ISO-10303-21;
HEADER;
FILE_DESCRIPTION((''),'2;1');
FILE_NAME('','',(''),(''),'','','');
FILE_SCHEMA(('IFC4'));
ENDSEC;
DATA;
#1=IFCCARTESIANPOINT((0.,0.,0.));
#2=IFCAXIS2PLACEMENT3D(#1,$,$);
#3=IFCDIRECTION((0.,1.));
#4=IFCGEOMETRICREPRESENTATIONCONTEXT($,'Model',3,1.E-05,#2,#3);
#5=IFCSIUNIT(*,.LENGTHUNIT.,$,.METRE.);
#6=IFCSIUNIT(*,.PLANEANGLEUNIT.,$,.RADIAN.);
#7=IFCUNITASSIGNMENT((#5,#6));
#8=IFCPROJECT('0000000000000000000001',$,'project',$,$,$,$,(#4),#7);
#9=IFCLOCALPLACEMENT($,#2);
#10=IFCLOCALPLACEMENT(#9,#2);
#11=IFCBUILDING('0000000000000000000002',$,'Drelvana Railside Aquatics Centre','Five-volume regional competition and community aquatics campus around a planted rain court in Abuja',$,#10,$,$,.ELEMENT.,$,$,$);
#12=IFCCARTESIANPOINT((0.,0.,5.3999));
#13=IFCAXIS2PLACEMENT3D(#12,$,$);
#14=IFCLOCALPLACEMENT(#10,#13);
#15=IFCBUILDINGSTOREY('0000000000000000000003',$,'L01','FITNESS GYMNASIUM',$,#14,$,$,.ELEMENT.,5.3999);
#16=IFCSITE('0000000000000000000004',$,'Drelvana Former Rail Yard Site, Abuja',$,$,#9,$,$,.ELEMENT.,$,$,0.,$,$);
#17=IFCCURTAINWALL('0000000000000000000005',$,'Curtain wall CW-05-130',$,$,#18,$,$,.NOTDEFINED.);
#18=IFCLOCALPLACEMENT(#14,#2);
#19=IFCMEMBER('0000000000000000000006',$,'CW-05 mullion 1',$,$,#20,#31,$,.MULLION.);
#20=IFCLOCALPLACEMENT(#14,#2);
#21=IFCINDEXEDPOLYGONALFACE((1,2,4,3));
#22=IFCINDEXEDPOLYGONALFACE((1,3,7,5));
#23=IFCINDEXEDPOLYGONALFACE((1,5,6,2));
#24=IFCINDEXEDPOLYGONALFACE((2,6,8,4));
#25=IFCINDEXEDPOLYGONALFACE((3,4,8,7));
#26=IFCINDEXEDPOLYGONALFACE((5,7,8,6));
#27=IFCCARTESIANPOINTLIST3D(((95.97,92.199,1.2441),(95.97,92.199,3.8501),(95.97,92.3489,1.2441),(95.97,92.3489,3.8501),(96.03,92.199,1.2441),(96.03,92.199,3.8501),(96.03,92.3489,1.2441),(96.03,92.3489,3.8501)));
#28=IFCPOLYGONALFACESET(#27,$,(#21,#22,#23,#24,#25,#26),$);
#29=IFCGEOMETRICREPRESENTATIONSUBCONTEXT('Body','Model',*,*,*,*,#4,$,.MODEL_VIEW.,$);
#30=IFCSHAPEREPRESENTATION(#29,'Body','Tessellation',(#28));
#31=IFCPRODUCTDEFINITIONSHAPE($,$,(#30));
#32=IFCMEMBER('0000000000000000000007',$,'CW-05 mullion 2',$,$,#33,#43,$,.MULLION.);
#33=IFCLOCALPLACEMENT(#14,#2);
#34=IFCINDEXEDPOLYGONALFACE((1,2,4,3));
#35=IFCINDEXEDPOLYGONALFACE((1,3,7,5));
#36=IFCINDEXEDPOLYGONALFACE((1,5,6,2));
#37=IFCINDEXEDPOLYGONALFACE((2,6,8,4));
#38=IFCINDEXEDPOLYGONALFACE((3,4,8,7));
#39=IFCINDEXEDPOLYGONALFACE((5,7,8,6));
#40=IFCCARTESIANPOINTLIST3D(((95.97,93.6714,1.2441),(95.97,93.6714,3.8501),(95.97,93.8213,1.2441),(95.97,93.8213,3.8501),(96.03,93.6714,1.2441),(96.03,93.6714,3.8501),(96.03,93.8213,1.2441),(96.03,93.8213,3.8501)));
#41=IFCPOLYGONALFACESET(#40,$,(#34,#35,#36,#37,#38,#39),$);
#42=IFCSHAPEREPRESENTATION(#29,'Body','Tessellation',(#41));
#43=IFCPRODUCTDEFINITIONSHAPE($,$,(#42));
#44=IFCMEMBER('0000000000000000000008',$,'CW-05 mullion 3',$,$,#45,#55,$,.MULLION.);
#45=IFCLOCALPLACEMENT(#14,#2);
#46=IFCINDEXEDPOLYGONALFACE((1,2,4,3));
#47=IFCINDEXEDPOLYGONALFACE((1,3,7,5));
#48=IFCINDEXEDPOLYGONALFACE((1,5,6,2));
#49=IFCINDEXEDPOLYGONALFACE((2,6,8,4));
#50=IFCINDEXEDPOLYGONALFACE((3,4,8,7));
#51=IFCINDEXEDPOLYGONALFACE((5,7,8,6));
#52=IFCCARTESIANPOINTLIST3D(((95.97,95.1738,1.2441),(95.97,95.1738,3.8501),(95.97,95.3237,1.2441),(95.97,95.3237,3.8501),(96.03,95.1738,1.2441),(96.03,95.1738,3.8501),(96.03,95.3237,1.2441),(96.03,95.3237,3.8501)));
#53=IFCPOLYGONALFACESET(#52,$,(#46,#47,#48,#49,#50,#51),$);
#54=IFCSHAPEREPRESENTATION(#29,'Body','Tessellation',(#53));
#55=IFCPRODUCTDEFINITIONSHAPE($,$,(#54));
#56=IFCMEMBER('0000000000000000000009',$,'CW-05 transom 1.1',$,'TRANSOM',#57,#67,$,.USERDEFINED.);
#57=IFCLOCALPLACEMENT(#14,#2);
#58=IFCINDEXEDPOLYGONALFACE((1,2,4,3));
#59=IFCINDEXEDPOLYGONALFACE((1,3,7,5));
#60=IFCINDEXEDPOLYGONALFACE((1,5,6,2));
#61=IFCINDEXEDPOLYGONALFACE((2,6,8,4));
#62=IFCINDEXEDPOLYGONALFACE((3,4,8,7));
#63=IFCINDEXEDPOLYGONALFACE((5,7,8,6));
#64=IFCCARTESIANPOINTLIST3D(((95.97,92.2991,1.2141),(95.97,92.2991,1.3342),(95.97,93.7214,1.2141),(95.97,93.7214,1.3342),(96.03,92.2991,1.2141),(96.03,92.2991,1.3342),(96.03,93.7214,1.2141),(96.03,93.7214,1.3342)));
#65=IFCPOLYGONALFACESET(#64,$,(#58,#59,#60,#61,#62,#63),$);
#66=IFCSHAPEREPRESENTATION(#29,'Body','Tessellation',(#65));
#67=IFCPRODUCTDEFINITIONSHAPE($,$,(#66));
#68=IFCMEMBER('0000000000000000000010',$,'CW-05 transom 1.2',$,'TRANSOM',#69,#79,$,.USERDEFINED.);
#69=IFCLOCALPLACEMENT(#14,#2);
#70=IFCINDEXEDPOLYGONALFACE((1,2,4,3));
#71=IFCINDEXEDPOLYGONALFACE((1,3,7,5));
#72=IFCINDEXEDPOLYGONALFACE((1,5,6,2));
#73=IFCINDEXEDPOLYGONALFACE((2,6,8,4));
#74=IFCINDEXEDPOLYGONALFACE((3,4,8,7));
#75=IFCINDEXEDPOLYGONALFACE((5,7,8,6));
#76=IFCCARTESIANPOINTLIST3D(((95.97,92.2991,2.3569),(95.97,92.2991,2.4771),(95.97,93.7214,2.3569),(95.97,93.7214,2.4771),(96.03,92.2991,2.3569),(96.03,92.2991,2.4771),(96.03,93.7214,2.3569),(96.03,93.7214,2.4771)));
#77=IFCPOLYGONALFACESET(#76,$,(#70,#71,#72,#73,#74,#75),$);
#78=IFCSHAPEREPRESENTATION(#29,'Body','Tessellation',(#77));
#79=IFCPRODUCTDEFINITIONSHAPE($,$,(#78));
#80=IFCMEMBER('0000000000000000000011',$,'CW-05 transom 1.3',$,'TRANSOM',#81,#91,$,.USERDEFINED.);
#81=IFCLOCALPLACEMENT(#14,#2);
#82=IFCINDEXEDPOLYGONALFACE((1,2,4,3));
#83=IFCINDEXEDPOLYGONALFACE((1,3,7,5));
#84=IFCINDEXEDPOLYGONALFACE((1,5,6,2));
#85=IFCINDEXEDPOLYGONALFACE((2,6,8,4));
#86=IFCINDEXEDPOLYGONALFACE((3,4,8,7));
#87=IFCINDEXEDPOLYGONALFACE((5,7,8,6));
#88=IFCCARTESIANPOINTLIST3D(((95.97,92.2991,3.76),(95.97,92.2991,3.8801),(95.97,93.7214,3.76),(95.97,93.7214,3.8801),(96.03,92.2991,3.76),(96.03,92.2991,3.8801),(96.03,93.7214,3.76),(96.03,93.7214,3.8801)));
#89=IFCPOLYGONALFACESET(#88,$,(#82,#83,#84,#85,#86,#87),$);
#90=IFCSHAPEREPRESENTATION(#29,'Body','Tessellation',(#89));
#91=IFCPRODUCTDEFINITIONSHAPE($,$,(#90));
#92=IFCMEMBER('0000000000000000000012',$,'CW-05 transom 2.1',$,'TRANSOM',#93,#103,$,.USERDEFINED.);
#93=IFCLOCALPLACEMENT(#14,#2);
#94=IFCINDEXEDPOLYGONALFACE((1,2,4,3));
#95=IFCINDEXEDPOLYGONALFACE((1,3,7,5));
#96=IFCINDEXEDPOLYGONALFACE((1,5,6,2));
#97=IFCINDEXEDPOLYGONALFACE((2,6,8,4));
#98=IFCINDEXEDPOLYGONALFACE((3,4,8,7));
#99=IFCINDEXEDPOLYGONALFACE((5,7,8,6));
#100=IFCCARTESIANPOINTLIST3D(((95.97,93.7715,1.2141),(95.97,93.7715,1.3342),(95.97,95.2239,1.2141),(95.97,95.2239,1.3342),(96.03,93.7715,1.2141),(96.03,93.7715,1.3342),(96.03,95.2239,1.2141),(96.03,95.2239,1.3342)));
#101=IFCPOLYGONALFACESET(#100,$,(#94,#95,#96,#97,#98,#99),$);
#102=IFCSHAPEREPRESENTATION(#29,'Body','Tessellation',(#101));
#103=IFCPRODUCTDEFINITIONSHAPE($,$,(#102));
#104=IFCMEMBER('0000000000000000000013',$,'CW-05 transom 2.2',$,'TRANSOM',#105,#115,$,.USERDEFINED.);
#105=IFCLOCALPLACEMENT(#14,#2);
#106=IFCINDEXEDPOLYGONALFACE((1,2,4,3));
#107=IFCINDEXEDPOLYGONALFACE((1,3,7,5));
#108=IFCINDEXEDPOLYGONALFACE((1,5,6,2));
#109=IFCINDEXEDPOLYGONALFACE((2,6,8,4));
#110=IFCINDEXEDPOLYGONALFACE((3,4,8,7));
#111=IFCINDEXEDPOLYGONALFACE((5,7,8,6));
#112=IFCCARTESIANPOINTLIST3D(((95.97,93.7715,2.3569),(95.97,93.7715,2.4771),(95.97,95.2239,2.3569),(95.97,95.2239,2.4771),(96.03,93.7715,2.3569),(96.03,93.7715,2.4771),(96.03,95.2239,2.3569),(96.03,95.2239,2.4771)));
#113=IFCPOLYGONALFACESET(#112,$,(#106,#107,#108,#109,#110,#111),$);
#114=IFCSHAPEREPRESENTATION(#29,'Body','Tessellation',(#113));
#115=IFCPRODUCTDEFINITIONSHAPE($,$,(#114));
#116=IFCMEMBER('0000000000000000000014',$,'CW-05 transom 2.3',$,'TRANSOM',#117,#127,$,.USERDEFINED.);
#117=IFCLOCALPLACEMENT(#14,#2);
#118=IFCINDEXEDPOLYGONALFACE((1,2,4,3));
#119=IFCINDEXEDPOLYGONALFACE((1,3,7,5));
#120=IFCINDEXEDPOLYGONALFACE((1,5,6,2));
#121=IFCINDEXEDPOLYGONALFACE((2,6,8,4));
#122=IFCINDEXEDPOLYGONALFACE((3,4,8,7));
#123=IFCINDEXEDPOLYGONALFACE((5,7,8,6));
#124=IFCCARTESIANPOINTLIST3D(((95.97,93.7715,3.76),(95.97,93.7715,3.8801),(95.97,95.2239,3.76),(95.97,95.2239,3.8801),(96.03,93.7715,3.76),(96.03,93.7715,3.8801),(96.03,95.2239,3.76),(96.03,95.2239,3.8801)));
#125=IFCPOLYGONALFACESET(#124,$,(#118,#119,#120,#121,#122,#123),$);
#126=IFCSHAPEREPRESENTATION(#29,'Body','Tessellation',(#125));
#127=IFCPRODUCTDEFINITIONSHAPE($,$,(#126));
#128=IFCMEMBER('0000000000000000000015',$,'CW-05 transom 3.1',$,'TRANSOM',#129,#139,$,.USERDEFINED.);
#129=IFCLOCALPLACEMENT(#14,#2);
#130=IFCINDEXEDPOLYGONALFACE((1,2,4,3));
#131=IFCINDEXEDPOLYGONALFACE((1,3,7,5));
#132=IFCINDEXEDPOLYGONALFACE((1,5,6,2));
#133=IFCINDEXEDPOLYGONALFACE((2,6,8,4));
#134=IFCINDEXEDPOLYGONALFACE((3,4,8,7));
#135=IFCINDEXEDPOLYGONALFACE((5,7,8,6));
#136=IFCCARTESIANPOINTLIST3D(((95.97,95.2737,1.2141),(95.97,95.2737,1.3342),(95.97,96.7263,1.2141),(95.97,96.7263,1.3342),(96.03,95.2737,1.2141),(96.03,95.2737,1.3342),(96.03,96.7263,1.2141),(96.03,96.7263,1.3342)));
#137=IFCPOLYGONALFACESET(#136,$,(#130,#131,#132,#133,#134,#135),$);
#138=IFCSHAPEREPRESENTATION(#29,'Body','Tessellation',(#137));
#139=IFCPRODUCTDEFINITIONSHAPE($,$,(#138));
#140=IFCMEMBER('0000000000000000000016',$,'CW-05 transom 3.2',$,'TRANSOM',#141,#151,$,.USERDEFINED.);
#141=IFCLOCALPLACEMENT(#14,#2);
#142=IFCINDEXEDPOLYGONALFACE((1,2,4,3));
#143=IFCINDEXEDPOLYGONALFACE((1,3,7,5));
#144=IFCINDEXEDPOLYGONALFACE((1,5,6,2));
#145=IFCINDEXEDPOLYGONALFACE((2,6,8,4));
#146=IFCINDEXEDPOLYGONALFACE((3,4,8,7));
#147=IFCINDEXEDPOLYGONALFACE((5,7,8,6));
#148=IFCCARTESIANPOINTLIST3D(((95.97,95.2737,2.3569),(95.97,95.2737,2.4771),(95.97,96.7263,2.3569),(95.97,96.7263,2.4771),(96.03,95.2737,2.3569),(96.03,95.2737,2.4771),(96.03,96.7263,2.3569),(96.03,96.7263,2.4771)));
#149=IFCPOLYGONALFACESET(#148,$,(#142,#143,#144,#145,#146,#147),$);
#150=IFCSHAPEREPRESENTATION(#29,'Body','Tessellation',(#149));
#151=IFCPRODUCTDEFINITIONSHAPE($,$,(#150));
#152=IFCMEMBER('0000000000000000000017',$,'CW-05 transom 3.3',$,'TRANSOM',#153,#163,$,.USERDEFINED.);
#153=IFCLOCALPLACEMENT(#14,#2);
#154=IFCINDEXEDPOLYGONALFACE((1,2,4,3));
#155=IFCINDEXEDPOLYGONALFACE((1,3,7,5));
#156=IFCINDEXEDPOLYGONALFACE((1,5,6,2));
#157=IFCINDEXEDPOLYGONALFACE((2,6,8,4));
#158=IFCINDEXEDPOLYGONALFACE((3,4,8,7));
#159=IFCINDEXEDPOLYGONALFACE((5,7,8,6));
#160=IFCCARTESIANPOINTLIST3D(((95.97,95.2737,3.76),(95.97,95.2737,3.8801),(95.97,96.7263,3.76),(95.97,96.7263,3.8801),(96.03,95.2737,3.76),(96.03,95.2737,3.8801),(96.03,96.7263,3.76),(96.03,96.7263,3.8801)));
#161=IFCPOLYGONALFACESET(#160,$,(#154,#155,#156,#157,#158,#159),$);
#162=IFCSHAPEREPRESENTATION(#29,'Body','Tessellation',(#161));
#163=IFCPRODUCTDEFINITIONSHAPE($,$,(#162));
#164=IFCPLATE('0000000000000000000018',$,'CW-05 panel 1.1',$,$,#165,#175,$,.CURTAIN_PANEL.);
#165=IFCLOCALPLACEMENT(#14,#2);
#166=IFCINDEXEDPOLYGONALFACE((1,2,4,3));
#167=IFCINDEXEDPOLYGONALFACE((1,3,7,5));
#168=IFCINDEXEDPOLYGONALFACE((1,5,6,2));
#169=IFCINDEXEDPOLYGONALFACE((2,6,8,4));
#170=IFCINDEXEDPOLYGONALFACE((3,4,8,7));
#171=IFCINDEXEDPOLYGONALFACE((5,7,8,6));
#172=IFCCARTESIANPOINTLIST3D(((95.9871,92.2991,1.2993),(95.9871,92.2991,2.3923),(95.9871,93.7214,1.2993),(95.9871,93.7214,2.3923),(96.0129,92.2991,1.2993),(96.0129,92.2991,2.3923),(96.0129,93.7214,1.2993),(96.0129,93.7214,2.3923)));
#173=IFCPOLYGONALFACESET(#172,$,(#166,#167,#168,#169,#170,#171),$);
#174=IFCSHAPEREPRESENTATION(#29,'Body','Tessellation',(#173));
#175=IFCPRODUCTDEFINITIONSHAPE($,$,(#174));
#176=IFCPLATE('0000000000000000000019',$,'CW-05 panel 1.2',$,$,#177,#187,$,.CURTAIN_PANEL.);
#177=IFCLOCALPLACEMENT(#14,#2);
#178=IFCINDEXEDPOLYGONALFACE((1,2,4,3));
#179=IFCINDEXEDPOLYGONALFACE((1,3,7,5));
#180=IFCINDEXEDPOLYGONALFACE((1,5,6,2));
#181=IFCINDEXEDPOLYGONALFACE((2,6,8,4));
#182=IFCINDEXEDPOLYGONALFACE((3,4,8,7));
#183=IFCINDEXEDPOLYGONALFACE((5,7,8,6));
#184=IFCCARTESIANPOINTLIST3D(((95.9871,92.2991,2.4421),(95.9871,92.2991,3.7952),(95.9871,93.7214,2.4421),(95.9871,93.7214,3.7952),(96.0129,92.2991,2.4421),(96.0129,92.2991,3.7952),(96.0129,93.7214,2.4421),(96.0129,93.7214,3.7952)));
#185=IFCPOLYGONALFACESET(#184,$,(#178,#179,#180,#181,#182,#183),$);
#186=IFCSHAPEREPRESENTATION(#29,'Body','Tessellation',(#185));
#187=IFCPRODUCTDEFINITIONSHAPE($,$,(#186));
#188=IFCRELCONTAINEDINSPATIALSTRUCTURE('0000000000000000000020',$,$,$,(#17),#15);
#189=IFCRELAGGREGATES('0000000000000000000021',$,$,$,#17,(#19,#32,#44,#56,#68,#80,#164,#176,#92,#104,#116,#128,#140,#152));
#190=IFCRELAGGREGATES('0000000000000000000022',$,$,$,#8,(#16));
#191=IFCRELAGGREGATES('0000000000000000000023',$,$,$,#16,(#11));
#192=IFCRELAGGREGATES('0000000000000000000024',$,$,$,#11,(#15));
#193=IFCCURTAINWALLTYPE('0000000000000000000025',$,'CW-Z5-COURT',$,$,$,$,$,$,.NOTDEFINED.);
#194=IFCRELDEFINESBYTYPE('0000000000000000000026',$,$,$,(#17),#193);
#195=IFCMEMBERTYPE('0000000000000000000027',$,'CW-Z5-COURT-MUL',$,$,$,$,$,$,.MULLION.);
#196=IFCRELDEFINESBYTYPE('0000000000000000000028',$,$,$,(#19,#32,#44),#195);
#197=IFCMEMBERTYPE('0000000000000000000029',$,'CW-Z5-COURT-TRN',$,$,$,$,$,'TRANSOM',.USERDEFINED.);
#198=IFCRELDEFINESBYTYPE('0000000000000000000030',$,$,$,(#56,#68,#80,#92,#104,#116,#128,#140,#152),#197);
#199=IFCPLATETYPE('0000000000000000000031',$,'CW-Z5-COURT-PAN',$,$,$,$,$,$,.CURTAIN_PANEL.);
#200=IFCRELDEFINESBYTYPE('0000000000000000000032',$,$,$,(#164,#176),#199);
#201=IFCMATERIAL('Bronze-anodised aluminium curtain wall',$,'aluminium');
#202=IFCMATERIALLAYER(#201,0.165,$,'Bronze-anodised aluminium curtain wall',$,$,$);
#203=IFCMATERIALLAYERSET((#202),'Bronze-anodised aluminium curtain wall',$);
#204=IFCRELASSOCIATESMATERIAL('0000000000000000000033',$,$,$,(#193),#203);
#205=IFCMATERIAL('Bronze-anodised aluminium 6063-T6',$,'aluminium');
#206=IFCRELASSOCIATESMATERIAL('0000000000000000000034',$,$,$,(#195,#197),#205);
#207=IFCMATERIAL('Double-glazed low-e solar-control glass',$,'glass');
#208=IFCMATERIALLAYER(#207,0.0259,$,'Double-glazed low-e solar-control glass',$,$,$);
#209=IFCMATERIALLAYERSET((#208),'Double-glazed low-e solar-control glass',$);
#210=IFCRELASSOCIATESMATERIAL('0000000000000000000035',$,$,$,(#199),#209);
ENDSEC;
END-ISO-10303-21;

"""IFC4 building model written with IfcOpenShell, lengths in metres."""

from ifc_helpers import new_model, si_unit, direction, frame, origin, origin_2d, place, context, subcontext, project, spatial, rectangle, extrude, material, layer, layer_set, material_profile, profile_set, type_object, element, aggregate, save


model = new_model("IFC4")

# Units and contexts
model_context = context("Model", 3, precision=1e-05, world=origin(), true_north=direction((0.0, 1.0)))
body_context = subcontext(model_context, "Body", "Model", "MODEL_VIEW")
ifc_project = project(units=[si_unit("LENGTHUNIT", "METRE"), si_unit("PLANEANGLEUNIT", "RADIAN")], contexts=[model_context])

# Site, building, storey
site_placement = place(None, origin())
site = spatial("IfcSite", under=ifc_project, at=site_placement, Name="Drelvana Former Rail Yard Site, Abuja", CompositionType="ELEMENT", RefElevation=0.0)
building_placement = place(site_placement, origin())
building = spatial("IfcBuilding", under=site, at=building_placement, Name="Drelvana Railside Aquatics Centre", Description="Five-volume regional competition and community aquatics campus around a planted rain court in Abuja", CompositionType="ELEMENT")
storey_placement = place(building_placement, frame((0.0, 0.0, 5.3999)))
storey = spatial("IfcBuildingStorey", under=building, at=storey_placement, Name="L01", Description="FITNESS GYMNASIUM", CompositionType="ELEMENT", Elevation=5.3999)

# Curtain wall, members, plates
ifc_material_1 = material(Name="Bronze-anodised aluminium curtain wall", Category="aluminium")
ifc_layer_1 = layer(ifc_material_1, 0.165, Name="Bronze-anodised aluminium curtain wall")
ifc_layer_set_1 = layer_set([ifc_layer_1], Name="Bronze-anodised aluminium curtain wall")
curtain_wall_type = type_object("IfcCurtainWallType", Name="CW-Z5-COURT", PredefinedType="NOTDEFINED", material=ifc_layer_set_1)
curtain_wall_placement = place(storey_placement, origin())
curtain_wall = element("IfcCurtainWall", 1, at=curtain_wall_placement, inside=storey, type_object=curtain_wall_type, Name="Curtain wall CW-05-130", PredefinedType="NOTDEFINED")
ifc_material_2 = material(Name="Bronze-anodised aluminium 6063-T6", Category="aluminium")
ifc_material_profile_1 = material_profile(ifc_material_2, rectangle(XDim=0.0601, YDim=0.1499, at=origin_2d()), Name="ALU-M 60x150")
ifc_profile_set_1 = profile_set([ifc_material_profile_1], Name="Bronze-anodised aluminium 6063-T6")
member_type_1 = type_object("IfcMemberType", Name="CW-Z5-COURT-MUL", PredefinedType="MULLION", material=ifc_profile_set_1)
member_1_placement = place(storey_placement, frame((96.0, 92.2739, 1.2441), z_axis=(0.0, 0.0, 1.0), x_axis=(-1.0, 0.0, 0.0)))
member_1 = element("IfcMember", 2, at=member_1_placement, type_object=member_type_1, Name="CW-05 mullion 1", PredefinedType="MULLION", context=body_context, shape_type="SweptSolid", body=[
    extrude(rectangle(XDim=0.0601, YDim=0.1499, at=origin_2d()), origin(), (0.0, 0.0, 1.0), 2.606),
])
member_2_placement = place(storey_placement, frame((96.0, 93.7463, 1.2441), z_axis=(0.0, 0.0, 1.0), x_axis=(-1.0, 0.0, 0.0)))
member_2 = element("IfcMember", 3, at=member_2_placement, type_object=member_type_1, Name="CW-05 mullion 2", PredefinedType="MULLION", context=body_context, shape_type="SweptSolid", body=[
    extrude(rectangle(XDim=0.0601, YDim=0.1499, at=origin_2d()), origin(), (0.0, 0.0, 1.0), 2.606),
])
member_3_placement = place(storey_placement, frame((96.0, 95.2488, 1.2441), z_axis=(0.0, 0.0, 1.0), x_axis=(-1.0, 0.0, 0.0)))
member_3 = element("IfcMember", 4, at=member_3_placement, type_object=member_type_1, Name="CW-05 mullion 3", PredefinedType="MULLION", context=body_context, shape_type="SweptSolid", body=[
    extrude(rectangle(XDim=0.0601, YDim=0.1499, at=origin_2d()), origin(), (0.0, 0.0, 1.0), 2.606),
])
ifc_material_profile_2 = material_profile(ifc_material_2, rectangle(XDim=0.1201, YDim=0.0601, at=origin_2d()), Name="ALU-T 60x120")
ifc_profile_set_2 = profile_set([ifc_material_profile_2], Name="Bronze-anodised aluminium 6063-T6")
member_type_2 = type_object("IfcMemberType", Name="CW-Z5-COURT-TRN", ElementType="TRANSOM", PredefinedType="USERDEFINED", material=ifc_profile_set_2)
member_4_placement = place(storey_placement, frame((96.0, 92.2991, 1.2742), z_axis=(0.0, 1.0, 0.0), x_axis=(0.0, 0.0, 1.0)))
member_4 = element("IfcMember", 5, at=member_4_placement, type_object=member_type_2, Name="CW-05 transom 1.1", ObjectType="TRANSOM", PredefinedType="USERDEFINED", context=body_context, shape_type="SweptSolid", body=[
    extrude(rectangle(XDim=0.1201, YDim=0.0601, at=origin_2d()), origin(), (0.0, 0.0, 1.0), 1.4224),
])
member_5_placement = place(storey_placement, frame((96.0, 92.2991, 2.417), z_axis=(0.0, 1.0, 0.0), x_axis=(0.0, 0.0, 1.0)))
member_5 = element("IfcMember", 6, at=member_5_placement, type_object=member_type_2, Name="CW-05 transom 1.2", ObjectType="TRANSOM", PredefinedType="USERDEFINED", context=body_context, shape_type="SweptSolid", body=[
    extrude(rectangle(XDim=0.1201, YDim=0.0601, at=origin_2d()), origin(), (0.0, 0.0, 1.0), 1.4224),
])
member_6_placement = place(storey_placement, frame((96.0, 92.2991, 3.8201), z_axis=(0.0, 1.0, 0.0), x_axis=(0.0, 0.0, 1.0)))
member_6 = element("IfcMember", 7, at=member_6_placement, type_object=member_type_2, Name="CW-05 transom 1.3", ObjectType="TRANSOM", PredefinedType="USERDEFINED", context=body_context, shape_type="SweptSolid", body=[
    extrude(rectangle(XDim=0.1201, YDim=0.0601, at=origin_2d()), origin(), (0.0, 0.0, 1.0), 1.4224),
])
member_7_placement = place(storey_placement, frame((96.0, 93.7715, 1.2742), z_axis=(0.0, 1.0, 0.0), x_axis=(0.0, 0.0, 1.0)))
member_7 = element("IfcMember", 8, at=member_7_placement, type_object=member_type_2, Name="CW-05 transom 2.1", ObjectType="TRANSOM", PredefinedType="USERDEFINED", context=body_context, shape_type="SweptSolid", body=[
    extrude(rectangle(XDim=0.1201, YDim=0.0601, at=origin_2d()), origin(), (0.0, 0.0, 1.0), 1.4524),
])
member_8_placement = place(storey_placement, frame((96.0, 93.7715, 2.417), z_axis=(0.0, 1.0, 0.0), x_axis=(0.0, 0.0, 1.0)))
member_8 = element("IfcMember", 9, at=member_8_placement, type_object=member_type_2, Name="CW-05 transom 2.2", ObjectType="TRANSOM", PredefinedType="USERDEFINED", context=body_context, shape_type="SweptSolid", body=[
    extrude(rectangle(XDim=0.1201, YDim=0.0601, at=origin_2d()), origin(), (0.0, 0.0, 1.0), 1.4524),
])
member_9_placement = place(storey_placement, frame((96.0, 93.7715, 3.8201), z_axis=(0.0, 1.0, 0.0), x_axis=(0.0, 0.0, 1.0)))
member_9 = element("IfcMember", 10, at=member_9_placement, type_object=member_type_2, Name="CW-05 transom 2.3", ObjectType="TRANSOM", PredefinedType="USERDEFINED", context=body_context, shape_type="SweptSolid", body=[
    extrude(rectangle(XDim=0.1201, YDim=0.0601, at=origin_2d()), origin(), (0.0, 0.0, 1.0), 1.4524),
])
member_10_placement = place(storey_placement, frame((96.0, 95.2737, 1.2742), z_axis=(0.0, 1.0, 0.0), x_axis=(0.0, 0.0, 1.0)))
member_10 = element("IfcMember", 11, at=member_10_placement, type_object=member_type_2, Name="CW-05 transom 3.1", ObjectType="TRANSOM", PredefinedType="USERDEFINED", context=body_context, shape_type="SweptSolid", body=[
    extrude(rectangle(XDim=0.1201, YDim=0.0601, at=origin_2d()), origin(), (0.0, 0.0, 1.0), 1.4526),
])
member_11_placement = place(storey_placement, frame((96.0, 95.2737, 2.417), z_axis=(0.0, 1.0, 0.0), x_axis=(0.0, 0.0, 1.0)))
member_11 = element("IfcMember", 12, at=member_11_placement, type_object=member_type_2, Name="CW-05 transom 3.2", ObjectType="TRANSOM", PredefinedType="USERDEFINED", context=body_context, shape_type="SweptSolid", body=[
    extrude(rectangle(XDim=0.1201, YDim=0.0601, at=origin_2d()), origin(), (0.0, 0.0, 1.0), 1.4526),
])
member_12_placement = place(storey_placement, frame((96.0, 95.2737, 3.8201), z_axis=(0.0, 1.0, 0.0), x_axis=(0.0, 0.0, 1.0)))
member_12 = element("IfcMember", 13, at=member_12_placement, type_object=member_type_2, Name="CW-05 transom 3.3", ObjectType="TRANSOM", PredefinedType="USERDEFINED", context=body_context, shape_type="SweptSolid", body=[
    extrude(rectangle(XDim=0.1201, YDim=0.0601, at=origin_2d()), origin(), (0.0, 0.0, 1.0), 1.4526),
])
ifc_material_3 = material(Name="Double-glazed low-e solar-control glass", Category="glass")
ifc_layer_2 = layer(ifc_material_3, 0.0259, Name="Double-glazed low-e solar-control glass")
ifc_layer_set_2 = layer_set([ifc_layer_2], Name="Double-glazed low-e solar-control glass")
plate_type = type_object("IfcPlateType", Name="CW-Z5-COURT-PAN", PredefinedType="CURTAIN_PANEL", material=ifc_layer_set_2)
plate_1_placement = place(storey_placement, frame((96.0, 93.0103, 1.2993), z_axis=(0.0, 0.0, 1.0), x_axis=(0.0, 1.0, 0.0)))
plate_1 = element("IfcPlate", 14, at=plate_1_placement, type_object=plate_type, Name="CW-05 panel 1.1", PredefinedType="CURTAIN_PANEL", context=body_context, shape_type="SweptSolid", body=[
    extrude(rectangle(XDim=1.4224, YDim=0.0259, at=origin_2d()), origin(), (0.0, 0.0, 1.0), 1.093),
])
plate_2_placement = place(storey_placement, frame((96.0, 93.0103, 2.4421), z_axis=(0.0, 0.0, 1.0), x_axis=(0.0, 1.0, 0.0)))
plate_2 = element("IfcPlate", 15, at=plate_2_placement, type_object=plate_type, Name="CW-05 panel 1.2", PredefinedType="CURTAIN_PANEL", context=body_context, shape_type="SweptSolid", body=[
    extrude(rectangle(XDim=1.4224, YDim=0.0259, at=origin_2d()), origin(), (0.0, 0.0, 1.0), 1.353),
])
aggregate(curtain_wall, [member_1, member_2, member_3, member_4, member_5, member_6, plate_1, plate_2, member_7, member_8, member_9, member_10, member_11, member_12])

save(model, "model.ifc")
